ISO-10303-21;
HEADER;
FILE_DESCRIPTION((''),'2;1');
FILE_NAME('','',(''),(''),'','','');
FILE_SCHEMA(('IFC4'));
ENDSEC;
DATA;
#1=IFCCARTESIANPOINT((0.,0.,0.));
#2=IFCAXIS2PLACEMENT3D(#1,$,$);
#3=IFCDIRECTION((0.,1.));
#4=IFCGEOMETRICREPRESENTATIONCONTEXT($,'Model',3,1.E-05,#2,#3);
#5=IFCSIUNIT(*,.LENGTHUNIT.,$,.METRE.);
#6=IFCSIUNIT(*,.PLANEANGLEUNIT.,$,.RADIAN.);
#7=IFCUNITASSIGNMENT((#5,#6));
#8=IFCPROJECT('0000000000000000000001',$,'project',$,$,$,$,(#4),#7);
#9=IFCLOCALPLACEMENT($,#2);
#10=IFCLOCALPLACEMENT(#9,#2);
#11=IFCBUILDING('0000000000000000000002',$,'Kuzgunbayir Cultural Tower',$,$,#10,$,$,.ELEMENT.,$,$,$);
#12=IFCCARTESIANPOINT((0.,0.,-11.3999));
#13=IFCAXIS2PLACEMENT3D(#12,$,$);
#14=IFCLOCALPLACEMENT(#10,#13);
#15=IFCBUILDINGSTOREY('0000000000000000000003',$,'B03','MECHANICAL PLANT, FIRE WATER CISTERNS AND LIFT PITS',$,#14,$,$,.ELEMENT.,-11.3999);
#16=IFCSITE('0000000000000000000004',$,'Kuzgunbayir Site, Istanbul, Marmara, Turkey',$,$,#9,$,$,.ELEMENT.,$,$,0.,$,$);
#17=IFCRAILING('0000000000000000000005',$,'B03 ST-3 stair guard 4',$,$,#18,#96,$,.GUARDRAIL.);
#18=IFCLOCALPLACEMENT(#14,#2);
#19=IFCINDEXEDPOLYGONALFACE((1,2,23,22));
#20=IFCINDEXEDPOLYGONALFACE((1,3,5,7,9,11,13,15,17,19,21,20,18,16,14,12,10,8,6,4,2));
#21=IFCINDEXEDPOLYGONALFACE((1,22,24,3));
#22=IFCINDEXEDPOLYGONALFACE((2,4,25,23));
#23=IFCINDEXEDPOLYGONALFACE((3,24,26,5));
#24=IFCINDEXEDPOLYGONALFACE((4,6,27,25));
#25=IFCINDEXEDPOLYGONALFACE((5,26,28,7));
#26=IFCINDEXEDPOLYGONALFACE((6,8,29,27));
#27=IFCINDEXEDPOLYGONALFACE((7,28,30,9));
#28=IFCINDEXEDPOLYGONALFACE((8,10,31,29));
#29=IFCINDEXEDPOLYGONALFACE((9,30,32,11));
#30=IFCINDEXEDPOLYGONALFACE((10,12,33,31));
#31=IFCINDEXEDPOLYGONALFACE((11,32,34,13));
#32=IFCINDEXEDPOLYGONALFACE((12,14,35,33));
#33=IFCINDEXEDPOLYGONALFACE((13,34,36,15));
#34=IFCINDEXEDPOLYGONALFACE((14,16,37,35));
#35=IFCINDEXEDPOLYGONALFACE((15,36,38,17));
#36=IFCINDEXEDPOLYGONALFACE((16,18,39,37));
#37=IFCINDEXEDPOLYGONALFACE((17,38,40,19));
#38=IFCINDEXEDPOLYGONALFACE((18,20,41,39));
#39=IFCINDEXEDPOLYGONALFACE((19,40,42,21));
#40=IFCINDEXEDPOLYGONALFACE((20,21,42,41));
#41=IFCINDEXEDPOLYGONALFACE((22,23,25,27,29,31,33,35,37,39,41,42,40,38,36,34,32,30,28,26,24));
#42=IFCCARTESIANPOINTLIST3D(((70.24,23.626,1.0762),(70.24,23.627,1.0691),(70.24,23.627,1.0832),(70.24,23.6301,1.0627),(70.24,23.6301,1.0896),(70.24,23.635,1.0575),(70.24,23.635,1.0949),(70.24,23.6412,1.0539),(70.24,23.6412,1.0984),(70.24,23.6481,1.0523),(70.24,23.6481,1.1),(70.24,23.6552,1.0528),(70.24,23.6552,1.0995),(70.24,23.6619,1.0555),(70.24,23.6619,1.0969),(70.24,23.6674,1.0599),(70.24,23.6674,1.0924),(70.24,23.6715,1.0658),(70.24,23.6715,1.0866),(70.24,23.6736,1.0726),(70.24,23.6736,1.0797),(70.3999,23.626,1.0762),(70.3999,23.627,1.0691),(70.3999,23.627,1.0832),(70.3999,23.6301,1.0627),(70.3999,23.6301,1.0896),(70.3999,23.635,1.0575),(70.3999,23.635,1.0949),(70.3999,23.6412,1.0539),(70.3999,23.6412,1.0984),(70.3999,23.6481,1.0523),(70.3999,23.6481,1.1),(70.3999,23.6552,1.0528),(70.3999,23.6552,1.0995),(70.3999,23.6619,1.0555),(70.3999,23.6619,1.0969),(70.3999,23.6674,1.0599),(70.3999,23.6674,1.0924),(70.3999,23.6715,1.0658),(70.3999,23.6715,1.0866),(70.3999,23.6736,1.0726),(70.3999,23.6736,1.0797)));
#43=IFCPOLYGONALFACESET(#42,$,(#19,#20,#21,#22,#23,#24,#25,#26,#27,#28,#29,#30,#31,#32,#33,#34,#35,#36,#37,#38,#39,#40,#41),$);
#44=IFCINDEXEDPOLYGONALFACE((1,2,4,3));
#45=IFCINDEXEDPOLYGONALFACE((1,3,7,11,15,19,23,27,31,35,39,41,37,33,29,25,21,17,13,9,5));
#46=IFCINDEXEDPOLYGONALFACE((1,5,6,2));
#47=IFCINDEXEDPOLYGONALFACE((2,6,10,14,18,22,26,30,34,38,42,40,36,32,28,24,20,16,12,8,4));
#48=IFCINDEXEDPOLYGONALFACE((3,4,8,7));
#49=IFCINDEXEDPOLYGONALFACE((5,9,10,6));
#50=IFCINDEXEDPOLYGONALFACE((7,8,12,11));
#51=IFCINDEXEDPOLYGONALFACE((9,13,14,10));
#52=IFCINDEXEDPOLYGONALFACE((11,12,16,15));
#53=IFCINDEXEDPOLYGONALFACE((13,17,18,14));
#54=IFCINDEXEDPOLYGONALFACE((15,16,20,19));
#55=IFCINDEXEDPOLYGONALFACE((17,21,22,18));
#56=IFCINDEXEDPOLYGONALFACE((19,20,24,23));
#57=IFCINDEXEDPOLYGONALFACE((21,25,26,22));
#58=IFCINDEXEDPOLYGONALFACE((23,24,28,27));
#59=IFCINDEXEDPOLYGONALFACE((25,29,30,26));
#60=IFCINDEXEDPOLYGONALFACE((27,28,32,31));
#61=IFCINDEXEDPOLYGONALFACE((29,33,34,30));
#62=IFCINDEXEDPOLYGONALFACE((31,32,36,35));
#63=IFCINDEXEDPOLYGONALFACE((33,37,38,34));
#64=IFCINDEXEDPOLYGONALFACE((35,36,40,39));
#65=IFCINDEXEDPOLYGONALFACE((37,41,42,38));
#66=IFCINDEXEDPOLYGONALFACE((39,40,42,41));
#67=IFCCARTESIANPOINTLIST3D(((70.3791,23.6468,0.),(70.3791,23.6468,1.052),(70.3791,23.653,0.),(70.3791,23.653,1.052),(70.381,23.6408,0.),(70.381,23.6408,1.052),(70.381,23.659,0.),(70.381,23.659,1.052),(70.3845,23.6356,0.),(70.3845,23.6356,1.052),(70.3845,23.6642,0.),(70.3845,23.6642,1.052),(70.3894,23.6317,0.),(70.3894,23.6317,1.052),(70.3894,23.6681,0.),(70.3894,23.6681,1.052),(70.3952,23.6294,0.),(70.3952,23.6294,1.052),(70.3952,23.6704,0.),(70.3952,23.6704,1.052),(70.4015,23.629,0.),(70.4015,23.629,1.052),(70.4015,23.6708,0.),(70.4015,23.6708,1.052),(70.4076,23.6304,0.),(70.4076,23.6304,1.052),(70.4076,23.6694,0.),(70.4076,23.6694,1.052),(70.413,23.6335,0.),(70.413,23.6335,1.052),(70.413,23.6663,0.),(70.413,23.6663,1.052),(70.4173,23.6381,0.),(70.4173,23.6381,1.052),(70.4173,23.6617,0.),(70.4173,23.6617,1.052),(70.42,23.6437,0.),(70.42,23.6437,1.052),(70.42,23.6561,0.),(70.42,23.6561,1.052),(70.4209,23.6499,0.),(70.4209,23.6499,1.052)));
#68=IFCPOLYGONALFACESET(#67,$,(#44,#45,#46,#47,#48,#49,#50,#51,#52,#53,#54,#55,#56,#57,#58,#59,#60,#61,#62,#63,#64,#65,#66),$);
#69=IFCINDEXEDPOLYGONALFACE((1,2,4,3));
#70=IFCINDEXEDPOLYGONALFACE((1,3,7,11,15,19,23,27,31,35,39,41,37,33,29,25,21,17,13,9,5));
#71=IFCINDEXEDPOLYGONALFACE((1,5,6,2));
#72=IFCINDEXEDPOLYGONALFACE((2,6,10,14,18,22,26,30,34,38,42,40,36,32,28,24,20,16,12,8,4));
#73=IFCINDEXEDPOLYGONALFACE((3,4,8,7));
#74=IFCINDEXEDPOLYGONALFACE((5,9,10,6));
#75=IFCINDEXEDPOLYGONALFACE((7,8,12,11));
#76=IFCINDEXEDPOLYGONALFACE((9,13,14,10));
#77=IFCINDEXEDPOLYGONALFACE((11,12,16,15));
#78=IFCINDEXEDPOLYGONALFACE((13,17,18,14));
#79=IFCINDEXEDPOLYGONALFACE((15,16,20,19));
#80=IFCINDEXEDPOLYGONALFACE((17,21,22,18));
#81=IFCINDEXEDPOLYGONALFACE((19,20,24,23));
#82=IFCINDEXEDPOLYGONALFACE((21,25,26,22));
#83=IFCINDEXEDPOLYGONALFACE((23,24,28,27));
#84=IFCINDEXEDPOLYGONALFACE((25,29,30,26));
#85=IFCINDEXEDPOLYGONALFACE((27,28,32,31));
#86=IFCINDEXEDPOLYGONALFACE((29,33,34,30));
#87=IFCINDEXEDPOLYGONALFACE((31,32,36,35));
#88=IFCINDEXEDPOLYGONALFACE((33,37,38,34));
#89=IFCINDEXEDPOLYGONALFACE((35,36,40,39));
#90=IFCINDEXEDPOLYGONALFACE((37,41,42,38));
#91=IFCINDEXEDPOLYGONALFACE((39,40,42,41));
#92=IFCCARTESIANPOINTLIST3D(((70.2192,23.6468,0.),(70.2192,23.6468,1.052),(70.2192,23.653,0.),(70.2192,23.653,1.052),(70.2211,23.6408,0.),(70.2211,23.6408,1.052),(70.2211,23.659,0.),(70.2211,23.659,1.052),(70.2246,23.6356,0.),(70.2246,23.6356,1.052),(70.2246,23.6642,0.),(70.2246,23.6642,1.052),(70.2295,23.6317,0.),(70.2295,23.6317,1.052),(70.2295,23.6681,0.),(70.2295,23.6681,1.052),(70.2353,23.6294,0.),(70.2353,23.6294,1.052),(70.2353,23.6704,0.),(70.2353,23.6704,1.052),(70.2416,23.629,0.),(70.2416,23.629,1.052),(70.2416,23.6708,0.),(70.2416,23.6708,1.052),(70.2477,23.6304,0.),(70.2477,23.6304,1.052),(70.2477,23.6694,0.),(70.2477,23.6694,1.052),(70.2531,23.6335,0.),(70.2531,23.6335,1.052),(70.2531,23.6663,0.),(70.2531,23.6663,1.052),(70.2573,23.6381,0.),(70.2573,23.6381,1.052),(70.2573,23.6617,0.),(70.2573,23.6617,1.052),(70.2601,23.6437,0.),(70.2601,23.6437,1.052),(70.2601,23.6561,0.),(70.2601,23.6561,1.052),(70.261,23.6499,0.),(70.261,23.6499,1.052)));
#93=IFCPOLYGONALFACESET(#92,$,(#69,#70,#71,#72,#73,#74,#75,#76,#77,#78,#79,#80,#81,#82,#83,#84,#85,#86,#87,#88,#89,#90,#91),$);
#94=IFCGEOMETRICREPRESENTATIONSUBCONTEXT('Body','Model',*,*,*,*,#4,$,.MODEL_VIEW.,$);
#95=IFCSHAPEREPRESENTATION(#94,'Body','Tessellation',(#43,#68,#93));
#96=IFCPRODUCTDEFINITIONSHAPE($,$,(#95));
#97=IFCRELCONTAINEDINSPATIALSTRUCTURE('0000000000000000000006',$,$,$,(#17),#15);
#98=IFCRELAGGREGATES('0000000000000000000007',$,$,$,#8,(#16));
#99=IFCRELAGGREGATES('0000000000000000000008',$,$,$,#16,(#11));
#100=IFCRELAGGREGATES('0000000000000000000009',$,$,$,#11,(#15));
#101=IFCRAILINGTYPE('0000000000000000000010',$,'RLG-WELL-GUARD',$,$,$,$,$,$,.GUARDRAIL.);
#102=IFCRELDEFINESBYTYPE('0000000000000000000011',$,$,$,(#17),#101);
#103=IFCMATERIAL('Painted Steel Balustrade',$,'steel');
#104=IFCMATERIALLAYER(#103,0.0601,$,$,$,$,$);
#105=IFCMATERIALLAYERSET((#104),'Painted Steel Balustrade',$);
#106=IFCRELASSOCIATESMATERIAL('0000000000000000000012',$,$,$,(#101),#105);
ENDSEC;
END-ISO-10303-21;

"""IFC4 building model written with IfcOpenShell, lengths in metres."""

from ifc_helpers import new_model, si_unit, direction, frame, origin, origin_2d, place, context, subcontext, project, spatial, circle, extrude, material, layer, layer_set, type_object, element, save


model = new_model("IFC4")

# Units and contexts
model_context = context("Model", 3, precision=1e-05, world=origin(), true_north=direction((0.0, 1.0)))
body_context = subcontext(model_context, "Body", "Model", "MODEL_VIEW")
ifc_project = project(units=[si_unit("LENGTHUNIT", "METRE"), si_unit("PLANEANGLEUNIT", "RADIAN")], contexts=[model_context])

# Site, building, storey
site_placement = place(None, origin())
site = spatial("IfcSite", under=ifc_project, at=site_placement, Name="Kuzgunbayir Site, Istanbul, Marmara, Turkey", CompositionType="ELEMENT", RefElevation=0.0)
building_placement = place(site_placement, origin())
building = spatial("IfcBuilding", under=site, at=building_placement, Name="Kuzgunbayir Cultural Tower", CompositionType="ELEMENT")
storey_placement = place(building_placement, frame((0.0, 0.0, -11.3999)))
storey = spatial("IfcBuildingStorey", under=building, at=storey_placement, Name="B03", Description="MECHANICAL PLANT, FIRE WATER CISTERNS AND LIFT PITS", CompositionType="ELEMENT", Elevation=-11.3999)

# Railing
ifc_material_1 = material(Name="Painted Steel Balustrade", Category="steel")
ifc_layer_1 = layer(ifc_material_1, 0.0601)
ifc_layer_set_1 = layer_set([ifc_layer_1], Name="Painted Steel Balustrade")
railing_type_1 = type_object("IfcRailingType", Name="RLG-WELL-GUARD", PredefinedType="GUARDRAIL", material=ifc_layer_set_1)
railing_1_placement = place(storey_placement, frame((70.3999, 23.6499, 0.0)))
element("IfcRailing", 1, at=railing_1_placement, inside=storey, type_object=railing_type_1, Name="B03 ST-3 stair guard 4", PredefinedType="GUARDRAIL", context=body_context, shape_type="SweptSolid", body=[
    extrude(circle(Radius=0.0239, at=origin_2d()), frame((0.0, 0.0, 1.0762), z_axis=(-1.0, 0.0, 0.0), x_axis=(0.0, -1.0, 0.0)), (0.0, 0.0, 1.0), 0.1599),
    extrude(circle(Radius=0.021, at=origin_2d()), origin(), (0.0, 0.0, 1.0), 1.052),
    extrude(circle(Radius=0.021, at=origin_2d()), frame((-0.1599, 0.0, 0.0)), (0.0, 0.0, 1.0), 1.052),
])

save(model, "model.ifc")
